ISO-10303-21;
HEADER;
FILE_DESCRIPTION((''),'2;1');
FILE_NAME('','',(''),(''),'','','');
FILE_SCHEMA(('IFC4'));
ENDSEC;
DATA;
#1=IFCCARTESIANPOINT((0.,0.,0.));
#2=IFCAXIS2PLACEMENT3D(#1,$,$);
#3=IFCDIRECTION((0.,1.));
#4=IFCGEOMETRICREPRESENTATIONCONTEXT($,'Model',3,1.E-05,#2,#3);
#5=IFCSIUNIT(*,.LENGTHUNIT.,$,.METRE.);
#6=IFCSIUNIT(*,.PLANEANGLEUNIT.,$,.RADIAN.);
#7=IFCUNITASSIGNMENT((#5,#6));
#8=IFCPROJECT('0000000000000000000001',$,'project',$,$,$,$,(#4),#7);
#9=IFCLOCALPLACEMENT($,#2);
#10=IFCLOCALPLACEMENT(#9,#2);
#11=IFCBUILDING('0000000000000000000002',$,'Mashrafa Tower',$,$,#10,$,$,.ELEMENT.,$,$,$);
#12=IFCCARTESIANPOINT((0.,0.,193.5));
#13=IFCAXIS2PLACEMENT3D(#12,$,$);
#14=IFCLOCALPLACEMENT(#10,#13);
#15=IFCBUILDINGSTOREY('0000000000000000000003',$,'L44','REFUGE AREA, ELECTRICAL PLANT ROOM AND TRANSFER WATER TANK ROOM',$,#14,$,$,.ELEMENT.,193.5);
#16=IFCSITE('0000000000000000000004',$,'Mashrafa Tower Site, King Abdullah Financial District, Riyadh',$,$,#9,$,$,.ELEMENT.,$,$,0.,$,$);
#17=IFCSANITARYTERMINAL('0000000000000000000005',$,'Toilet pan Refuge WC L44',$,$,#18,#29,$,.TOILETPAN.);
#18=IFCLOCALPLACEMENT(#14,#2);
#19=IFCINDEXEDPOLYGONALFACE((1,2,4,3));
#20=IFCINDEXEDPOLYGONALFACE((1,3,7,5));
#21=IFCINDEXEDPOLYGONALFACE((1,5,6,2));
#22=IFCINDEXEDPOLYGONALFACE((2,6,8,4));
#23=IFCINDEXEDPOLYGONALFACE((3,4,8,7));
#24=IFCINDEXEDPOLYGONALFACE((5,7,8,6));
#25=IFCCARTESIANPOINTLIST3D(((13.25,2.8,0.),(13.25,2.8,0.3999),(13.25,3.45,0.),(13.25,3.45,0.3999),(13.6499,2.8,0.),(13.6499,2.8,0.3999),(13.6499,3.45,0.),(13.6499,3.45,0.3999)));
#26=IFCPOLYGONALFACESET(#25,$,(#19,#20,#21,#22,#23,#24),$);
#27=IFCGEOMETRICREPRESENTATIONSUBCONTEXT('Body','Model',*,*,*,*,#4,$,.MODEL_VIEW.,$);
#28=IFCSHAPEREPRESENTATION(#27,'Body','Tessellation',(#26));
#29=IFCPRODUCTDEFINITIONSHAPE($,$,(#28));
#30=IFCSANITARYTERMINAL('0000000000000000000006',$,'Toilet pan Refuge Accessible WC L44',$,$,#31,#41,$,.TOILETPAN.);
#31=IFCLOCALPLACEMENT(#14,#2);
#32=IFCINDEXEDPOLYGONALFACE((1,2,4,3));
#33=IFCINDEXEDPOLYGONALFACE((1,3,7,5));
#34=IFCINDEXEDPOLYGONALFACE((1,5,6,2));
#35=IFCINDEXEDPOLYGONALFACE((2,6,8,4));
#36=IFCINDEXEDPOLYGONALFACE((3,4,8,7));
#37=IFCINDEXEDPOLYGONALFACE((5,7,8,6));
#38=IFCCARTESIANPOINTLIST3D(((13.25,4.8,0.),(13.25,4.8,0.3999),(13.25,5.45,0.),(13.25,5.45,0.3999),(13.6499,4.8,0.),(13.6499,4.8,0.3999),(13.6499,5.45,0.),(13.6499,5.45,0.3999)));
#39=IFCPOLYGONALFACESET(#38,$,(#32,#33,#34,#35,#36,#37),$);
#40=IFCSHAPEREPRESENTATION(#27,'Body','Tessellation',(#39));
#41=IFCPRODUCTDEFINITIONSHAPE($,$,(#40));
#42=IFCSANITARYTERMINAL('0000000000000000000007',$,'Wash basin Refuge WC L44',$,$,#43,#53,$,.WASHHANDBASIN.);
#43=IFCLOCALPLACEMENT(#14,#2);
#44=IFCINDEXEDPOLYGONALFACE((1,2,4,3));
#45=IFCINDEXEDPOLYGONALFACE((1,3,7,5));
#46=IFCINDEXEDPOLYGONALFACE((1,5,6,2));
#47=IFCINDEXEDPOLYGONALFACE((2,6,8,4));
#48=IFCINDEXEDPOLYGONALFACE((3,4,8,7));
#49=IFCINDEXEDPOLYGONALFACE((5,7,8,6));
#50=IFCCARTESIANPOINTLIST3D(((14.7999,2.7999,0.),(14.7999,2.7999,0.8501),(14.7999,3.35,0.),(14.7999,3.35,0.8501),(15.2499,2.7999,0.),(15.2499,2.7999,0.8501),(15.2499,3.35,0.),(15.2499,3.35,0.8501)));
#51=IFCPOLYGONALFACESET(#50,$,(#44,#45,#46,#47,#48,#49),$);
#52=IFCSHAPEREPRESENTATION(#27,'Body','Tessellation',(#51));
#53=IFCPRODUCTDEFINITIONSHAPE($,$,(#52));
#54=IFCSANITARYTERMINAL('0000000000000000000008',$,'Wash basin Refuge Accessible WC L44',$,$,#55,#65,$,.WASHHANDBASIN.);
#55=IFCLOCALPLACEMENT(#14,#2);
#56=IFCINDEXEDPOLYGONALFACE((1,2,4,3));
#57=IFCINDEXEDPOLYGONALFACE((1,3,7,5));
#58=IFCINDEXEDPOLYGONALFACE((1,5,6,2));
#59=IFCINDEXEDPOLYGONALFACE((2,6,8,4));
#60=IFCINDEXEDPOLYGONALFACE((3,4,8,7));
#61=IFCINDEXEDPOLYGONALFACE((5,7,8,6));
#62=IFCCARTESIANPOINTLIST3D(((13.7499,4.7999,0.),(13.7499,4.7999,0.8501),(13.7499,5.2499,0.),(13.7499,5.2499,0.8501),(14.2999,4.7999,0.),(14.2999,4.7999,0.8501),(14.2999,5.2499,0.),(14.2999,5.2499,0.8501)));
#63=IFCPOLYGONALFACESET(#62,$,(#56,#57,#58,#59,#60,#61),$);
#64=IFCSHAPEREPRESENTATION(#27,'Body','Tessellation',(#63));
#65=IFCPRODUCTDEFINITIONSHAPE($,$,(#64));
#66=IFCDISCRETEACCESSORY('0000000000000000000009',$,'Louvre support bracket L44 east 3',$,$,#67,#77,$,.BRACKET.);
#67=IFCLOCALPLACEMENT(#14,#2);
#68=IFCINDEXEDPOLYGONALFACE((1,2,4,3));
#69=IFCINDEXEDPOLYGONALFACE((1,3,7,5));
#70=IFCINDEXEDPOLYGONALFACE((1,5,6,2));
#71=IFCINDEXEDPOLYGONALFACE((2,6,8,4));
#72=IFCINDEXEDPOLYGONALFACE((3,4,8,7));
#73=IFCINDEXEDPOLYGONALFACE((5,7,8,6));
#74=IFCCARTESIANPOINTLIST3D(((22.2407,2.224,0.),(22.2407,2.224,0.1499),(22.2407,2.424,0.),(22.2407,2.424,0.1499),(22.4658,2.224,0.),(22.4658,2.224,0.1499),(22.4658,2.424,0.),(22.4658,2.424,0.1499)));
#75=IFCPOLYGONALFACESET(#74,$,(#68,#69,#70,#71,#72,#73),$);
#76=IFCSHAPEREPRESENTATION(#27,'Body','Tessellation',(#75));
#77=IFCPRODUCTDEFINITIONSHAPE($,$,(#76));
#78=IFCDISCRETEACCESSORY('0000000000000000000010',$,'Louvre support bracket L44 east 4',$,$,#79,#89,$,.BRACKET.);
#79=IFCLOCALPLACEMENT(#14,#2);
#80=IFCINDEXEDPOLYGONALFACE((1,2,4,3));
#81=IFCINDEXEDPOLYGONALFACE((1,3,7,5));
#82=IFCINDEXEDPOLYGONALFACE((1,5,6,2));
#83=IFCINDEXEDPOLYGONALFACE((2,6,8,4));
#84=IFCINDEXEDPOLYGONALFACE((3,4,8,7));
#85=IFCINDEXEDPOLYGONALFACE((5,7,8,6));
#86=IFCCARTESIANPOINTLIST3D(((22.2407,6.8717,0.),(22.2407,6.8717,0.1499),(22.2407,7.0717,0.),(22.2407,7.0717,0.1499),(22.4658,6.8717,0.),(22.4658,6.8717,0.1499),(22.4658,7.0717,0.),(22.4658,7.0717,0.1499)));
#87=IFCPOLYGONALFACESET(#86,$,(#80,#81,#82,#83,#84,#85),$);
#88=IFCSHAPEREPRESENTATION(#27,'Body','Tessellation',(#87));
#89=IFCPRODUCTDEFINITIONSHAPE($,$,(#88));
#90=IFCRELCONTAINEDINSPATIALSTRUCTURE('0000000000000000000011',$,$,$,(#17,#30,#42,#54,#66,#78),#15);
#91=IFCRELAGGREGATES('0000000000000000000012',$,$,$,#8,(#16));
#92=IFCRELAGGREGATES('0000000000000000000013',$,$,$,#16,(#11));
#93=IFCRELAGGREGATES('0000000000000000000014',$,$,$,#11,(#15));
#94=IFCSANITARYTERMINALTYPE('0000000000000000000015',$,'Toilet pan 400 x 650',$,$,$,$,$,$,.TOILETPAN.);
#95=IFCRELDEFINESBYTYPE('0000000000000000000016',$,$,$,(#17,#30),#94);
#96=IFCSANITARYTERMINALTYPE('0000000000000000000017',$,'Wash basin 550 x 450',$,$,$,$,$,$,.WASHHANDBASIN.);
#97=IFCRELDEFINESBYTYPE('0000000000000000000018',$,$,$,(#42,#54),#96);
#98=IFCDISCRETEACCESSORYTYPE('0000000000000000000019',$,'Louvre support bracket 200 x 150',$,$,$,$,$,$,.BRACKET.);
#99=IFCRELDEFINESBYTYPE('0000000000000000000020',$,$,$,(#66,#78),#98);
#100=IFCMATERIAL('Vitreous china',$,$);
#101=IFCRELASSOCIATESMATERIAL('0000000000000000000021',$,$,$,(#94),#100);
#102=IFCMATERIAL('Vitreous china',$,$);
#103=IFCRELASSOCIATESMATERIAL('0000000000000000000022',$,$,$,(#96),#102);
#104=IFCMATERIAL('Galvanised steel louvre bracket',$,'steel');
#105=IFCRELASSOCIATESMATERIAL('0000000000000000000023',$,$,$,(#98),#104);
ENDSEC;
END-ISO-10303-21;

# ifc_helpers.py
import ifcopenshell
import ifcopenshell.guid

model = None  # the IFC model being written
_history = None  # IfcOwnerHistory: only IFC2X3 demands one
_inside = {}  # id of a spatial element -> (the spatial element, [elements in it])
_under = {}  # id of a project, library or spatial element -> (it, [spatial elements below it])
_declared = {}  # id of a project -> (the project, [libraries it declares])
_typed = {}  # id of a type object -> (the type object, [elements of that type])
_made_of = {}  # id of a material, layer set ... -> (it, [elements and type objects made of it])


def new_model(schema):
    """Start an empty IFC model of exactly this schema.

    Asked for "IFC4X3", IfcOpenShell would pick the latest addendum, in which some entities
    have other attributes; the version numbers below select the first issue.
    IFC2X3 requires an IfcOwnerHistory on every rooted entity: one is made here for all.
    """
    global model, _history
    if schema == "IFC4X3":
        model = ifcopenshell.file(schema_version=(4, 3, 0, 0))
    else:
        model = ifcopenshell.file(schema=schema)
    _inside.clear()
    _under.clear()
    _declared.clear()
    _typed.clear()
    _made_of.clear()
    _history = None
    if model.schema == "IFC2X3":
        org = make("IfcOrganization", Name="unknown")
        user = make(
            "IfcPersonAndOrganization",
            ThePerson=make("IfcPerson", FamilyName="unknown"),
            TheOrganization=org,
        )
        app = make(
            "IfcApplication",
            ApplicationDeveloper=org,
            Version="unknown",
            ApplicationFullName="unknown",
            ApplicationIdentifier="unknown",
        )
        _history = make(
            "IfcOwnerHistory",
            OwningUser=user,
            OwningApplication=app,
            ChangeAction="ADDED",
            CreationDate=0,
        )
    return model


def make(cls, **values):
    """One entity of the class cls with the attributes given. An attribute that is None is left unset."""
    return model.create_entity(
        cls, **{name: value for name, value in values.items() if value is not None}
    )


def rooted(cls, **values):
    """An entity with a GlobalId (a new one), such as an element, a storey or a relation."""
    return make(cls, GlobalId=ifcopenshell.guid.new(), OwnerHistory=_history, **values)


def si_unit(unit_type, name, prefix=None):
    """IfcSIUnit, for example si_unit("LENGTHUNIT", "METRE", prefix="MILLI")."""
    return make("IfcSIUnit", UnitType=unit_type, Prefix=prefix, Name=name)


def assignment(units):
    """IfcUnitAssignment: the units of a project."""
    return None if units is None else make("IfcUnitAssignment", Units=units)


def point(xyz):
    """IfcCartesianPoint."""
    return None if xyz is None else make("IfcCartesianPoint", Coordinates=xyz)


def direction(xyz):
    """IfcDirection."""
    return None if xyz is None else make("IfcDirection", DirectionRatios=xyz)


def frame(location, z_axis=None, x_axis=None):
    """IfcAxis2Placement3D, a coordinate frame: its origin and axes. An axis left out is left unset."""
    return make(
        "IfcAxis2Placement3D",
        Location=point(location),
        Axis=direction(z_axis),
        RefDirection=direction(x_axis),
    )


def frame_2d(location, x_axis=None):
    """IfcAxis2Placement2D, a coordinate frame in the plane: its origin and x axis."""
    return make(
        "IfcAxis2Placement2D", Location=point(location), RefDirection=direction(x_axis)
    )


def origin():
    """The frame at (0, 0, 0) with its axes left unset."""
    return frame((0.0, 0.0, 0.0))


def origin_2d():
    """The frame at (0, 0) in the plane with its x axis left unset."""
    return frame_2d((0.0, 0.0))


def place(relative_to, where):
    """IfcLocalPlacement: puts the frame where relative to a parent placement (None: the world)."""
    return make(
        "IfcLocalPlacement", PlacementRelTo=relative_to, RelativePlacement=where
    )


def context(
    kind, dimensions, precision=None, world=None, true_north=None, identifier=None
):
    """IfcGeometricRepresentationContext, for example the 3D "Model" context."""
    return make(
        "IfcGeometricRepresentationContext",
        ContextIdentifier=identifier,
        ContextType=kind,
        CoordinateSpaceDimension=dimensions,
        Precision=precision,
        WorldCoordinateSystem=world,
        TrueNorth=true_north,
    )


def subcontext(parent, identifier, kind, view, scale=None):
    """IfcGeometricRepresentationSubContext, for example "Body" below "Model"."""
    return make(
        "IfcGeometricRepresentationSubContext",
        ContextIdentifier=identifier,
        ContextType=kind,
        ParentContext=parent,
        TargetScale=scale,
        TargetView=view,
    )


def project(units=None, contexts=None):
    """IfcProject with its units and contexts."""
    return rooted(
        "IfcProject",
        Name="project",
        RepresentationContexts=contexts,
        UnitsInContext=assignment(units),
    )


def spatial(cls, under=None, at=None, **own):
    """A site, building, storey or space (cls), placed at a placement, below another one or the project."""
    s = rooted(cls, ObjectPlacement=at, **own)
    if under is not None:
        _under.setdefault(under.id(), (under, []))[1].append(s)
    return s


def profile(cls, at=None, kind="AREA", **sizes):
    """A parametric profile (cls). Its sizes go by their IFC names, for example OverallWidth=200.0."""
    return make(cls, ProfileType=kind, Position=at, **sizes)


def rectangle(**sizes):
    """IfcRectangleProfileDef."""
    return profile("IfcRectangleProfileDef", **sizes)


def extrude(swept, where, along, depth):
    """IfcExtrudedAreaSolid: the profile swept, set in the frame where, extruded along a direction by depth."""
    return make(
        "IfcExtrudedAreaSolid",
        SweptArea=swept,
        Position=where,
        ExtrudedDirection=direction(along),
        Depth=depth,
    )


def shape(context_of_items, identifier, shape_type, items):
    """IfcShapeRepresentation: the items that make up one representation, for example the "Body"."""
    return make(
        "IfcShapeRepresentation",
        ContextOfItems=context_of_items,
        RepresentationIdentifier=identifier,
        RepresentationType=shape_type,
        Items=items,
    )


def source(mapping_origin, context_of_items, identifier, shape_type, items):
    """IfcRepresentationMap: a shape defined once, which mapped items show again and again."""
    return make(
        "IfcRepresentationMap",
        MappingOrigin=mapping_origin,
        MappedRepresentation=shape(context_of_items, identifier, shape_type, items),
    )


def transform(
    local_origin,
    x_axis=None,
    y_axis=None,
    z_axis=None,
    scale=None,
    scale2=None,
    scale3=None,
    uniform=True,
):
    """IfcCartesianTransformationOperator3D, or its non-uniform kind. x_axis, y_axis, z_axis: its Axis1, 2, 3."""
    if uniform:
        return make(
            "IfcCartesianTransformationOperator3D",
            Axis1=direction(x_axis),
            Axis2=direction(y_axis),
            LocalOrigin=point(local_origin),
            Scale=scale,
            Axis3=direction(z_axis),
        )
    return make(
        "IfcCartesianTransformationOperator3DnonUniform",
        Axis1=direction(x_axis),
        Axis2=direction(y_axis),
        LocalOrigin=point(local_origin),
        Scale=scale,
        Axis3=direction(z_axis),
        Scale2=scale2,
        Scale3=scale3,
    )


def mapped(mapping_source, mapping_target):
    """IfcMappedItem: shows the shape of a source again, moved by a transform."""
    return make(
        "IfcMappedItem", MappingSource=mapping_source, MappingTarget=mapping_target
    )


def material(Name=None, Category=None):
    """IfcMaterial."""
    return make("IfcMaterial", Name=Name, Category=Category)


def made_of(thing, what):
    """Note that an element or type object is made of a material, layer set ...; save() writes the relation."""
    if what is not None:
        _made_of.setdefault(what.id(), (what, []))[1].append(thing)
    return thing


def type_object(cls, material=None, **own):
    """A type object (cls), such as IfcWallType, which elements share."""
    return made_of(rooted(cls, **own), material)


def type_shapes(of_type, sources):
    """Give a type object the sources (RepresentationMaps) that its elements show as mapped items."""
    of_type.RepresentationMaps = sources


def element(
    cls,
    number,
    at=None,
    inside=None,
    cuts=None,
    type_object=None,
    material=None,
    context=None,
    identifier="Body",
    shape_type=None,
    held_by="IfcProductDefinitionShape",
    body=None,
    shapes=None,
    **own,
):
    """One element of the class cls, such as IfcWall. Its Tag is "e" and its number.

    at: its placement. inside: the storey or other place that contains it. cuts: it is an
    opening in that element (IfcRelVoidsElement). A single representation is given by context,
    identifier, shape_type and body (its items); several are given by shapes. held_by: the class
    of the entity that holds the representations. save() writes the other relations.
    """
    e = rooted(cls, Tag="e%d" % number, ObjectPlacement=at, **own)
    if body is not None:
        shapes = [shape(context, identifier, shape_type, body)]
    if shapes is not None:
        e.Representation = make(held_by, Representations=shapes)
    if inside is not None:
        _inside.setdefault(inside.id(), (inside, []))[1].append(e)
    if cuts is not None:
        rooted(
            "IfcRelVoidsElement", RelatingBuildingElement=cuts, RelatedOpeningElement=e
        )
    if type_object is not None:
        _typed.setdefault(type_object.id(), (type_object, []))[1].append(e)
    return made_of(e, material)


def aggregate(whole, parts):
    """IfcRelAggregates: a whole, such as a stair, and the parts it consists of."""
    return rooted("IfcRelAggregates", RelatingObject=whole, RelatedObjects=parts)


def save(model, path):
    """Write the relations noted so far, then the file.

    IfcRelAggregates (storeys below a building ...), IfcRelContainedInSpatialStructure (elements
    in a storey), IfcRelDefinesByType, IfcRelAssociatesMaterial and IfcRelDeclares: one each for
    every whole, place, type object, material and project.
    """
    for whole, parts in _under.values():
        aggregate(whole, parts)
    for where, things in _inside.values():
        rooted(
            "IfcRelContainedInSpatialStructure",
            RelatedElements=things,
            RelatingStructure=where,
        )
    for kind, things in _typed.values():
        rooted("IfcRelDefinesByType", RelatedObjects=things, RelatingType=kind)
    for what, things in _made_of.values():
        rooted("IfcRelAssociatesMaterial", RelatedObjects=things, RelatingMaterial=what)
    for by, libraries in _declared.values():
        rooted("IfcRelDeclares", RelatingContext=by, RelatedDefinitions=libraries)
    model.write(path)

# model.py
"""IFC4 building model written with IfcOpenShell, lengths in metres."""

from ifc_helpers import new_model, si_unit, direction, frame, origin, origin_2d, place, context, subcontext, project, spatial, rectangle, extrude, source, transform, mapped, material, type_object, type_shapes, element, save


model = new_model("IFC4")

# Units and contexts
model_context = context("Model", 3, precision=1e-05, world=origin(), true_north=direction((0.0, 1.0)))
body_context = subcontext(model_context, "Body", "Model", "MODEL_VIEW")
ifc_project = project(units=[si_unit("LENGTHUNIT", "METRE"), si_unit("PLANEANGLEUNIT", "RADIAN")], contexts=[model_context])

# Site, building, storey
site_placement = place(None, origin())
site = spatial("IfcSite", under=ifc_project, at=site_placement, Name="Mashrafa Tower Site, King Abdullah Financial District, Riyadh", CompositionType="ELEMENT", RefElevation=0.0)
building_placement = place(site_placement, origin())
building = spatial("IfcBuilding", under=site, at=building_placement, Name="Mashrafa Tower", CompositionType="ELEMENT")
storey_placement = place(building_placement, frame((0.0, 0.0, 193.5)))
storey = spatial("IfcBuildingStorey", under=building, at=storey_placement, Name="L44", Description="REFUGE AREA, ELECTRICAL PLANT ROOM AND TRANSFER WATER TANK ROOM", CompositionType="ELEMENT", Elevation=193.5)

# Sanitary terminals
ifc_material_1 = material(Name="Vitreous china")
sanitary_terminal_type_1 = type_object("IfcSanitaryTerminalType", Name="Toilet pan 400 x 650", PredefinedType="TOILETPAN", material=ifc_material_1)
for number, where, z_axis, x_axis, name in (
    (1, (13.45, 3.125, 0.0), (0.0, 0.0, 1.0), (1.0, 0.0, 0.0), "Toilet pan Refuge WC L44"),
    (2, (13.45, 5.125, 0.0), (0.0, 0.0, 1.0), (1.0, 0.0, 0.0), "Toilet pan Refuge Accessible WC L44"),
):
    element("IfcSanitaryTerminal", number, at=place(storey_placement, frame(where, z_axis=z_axis, x_axis=x_axis)), inside=storey, type_object=sanitary_terminal_type_1, Name=name, PredefinedType="TOILETPAN", context=body_context, shape_type="SweptSolid", body=[
        extrude(rectangle(XDim=0.3999, YDim=0.6499, at=origin_2d()), origin(), (0.0, 0.0, 1.0), 0.3999),
    ])
ifc_material_2 = material(Name="Vitreous china")
sanitary_terminal_type_2 = type_object("IfcSanitaryTerminalType", Name="Wash basin 550 x 450", PredefinedType="WASHHANDBASIN", material=ifc_material_2)
for number, where, z_axis, x_axis, name in (
    (3, (15.0249, 3.075, 0.0), (0.0, 0.0, 1.0), (0.0, 1.0, 0.0), "Wash basin Refuge WC L44"),
    (4, (14.0249, 5.0249, 0.0), (0.0, 0.0, 1.0), (1.0, 0.0, 0.0), "Wash basin Refuge Accessible WC L44"),
):
    element("IfcSanitaryTerminal", number, at=place(storey_placement, frame(where, z_axis=z_axis, x_axis=x_axis)), inside=storey, type_object=sanitary_terminal_type_2, Name=name, PredefinedType="WASHHANDBASIN", context=body_context, shape_type="SweptSolid", body=[
        extrude(rectangle(XDim=0.55, YDim=0.45, at=origin_2d()), origin(), (0.0, 0.0, 1.0), 0.8501),
    ])

# Discrete accessories
ifc_material_3 = material(Name="Galvanised steel louvre bracket", Category="steel")
discrete_accessory_type = type_object("IfcDiscreteAccessoryType", Name="Louvre support bracket 200 x 150", PredefinedType="BRACKET", material=ifc_material_3)
shared_shape_1 = source(origin(), body_context, "Body", "SweptSolid", [
    extrude(rectangle(XDim=0.2, YDim=0.2251, at=origin_2d()), origin(), (0.0, 0.0, 1.0), 0.1499),
])
type_shapes(discrete_accessory_type, [shared_shape_1])
for number, where, z_axis, x_axis, name in (
    (5, (22.3533, 2.324, 0.0), (0.0, 0.0, 1.0), (0.0, 1.0, 0.0), "Louvre support bracket L44 east 3"),
    (6, (22.3533, 6.9717, 0.0), (0.0, 0.0, 1.0), (0.0, 1.0, 0.0), "Louvre support bracket L44 east 4"),
):
    element("IfcDiscreteAccessory", number, at=place(storey_placement, frame(where, z_axis=z_axis, x_axis=x_axis)), inside=storey, type_object=discrete_accessory_type, Name=name, PredefinedType="BRACKET", context=body_context, shape_type="MappedRepresentation", body=[
        mapped(shared_shape_1, transform((0.0, 0.0, 0.0))),
    ])

save(model, "model.ifc")
